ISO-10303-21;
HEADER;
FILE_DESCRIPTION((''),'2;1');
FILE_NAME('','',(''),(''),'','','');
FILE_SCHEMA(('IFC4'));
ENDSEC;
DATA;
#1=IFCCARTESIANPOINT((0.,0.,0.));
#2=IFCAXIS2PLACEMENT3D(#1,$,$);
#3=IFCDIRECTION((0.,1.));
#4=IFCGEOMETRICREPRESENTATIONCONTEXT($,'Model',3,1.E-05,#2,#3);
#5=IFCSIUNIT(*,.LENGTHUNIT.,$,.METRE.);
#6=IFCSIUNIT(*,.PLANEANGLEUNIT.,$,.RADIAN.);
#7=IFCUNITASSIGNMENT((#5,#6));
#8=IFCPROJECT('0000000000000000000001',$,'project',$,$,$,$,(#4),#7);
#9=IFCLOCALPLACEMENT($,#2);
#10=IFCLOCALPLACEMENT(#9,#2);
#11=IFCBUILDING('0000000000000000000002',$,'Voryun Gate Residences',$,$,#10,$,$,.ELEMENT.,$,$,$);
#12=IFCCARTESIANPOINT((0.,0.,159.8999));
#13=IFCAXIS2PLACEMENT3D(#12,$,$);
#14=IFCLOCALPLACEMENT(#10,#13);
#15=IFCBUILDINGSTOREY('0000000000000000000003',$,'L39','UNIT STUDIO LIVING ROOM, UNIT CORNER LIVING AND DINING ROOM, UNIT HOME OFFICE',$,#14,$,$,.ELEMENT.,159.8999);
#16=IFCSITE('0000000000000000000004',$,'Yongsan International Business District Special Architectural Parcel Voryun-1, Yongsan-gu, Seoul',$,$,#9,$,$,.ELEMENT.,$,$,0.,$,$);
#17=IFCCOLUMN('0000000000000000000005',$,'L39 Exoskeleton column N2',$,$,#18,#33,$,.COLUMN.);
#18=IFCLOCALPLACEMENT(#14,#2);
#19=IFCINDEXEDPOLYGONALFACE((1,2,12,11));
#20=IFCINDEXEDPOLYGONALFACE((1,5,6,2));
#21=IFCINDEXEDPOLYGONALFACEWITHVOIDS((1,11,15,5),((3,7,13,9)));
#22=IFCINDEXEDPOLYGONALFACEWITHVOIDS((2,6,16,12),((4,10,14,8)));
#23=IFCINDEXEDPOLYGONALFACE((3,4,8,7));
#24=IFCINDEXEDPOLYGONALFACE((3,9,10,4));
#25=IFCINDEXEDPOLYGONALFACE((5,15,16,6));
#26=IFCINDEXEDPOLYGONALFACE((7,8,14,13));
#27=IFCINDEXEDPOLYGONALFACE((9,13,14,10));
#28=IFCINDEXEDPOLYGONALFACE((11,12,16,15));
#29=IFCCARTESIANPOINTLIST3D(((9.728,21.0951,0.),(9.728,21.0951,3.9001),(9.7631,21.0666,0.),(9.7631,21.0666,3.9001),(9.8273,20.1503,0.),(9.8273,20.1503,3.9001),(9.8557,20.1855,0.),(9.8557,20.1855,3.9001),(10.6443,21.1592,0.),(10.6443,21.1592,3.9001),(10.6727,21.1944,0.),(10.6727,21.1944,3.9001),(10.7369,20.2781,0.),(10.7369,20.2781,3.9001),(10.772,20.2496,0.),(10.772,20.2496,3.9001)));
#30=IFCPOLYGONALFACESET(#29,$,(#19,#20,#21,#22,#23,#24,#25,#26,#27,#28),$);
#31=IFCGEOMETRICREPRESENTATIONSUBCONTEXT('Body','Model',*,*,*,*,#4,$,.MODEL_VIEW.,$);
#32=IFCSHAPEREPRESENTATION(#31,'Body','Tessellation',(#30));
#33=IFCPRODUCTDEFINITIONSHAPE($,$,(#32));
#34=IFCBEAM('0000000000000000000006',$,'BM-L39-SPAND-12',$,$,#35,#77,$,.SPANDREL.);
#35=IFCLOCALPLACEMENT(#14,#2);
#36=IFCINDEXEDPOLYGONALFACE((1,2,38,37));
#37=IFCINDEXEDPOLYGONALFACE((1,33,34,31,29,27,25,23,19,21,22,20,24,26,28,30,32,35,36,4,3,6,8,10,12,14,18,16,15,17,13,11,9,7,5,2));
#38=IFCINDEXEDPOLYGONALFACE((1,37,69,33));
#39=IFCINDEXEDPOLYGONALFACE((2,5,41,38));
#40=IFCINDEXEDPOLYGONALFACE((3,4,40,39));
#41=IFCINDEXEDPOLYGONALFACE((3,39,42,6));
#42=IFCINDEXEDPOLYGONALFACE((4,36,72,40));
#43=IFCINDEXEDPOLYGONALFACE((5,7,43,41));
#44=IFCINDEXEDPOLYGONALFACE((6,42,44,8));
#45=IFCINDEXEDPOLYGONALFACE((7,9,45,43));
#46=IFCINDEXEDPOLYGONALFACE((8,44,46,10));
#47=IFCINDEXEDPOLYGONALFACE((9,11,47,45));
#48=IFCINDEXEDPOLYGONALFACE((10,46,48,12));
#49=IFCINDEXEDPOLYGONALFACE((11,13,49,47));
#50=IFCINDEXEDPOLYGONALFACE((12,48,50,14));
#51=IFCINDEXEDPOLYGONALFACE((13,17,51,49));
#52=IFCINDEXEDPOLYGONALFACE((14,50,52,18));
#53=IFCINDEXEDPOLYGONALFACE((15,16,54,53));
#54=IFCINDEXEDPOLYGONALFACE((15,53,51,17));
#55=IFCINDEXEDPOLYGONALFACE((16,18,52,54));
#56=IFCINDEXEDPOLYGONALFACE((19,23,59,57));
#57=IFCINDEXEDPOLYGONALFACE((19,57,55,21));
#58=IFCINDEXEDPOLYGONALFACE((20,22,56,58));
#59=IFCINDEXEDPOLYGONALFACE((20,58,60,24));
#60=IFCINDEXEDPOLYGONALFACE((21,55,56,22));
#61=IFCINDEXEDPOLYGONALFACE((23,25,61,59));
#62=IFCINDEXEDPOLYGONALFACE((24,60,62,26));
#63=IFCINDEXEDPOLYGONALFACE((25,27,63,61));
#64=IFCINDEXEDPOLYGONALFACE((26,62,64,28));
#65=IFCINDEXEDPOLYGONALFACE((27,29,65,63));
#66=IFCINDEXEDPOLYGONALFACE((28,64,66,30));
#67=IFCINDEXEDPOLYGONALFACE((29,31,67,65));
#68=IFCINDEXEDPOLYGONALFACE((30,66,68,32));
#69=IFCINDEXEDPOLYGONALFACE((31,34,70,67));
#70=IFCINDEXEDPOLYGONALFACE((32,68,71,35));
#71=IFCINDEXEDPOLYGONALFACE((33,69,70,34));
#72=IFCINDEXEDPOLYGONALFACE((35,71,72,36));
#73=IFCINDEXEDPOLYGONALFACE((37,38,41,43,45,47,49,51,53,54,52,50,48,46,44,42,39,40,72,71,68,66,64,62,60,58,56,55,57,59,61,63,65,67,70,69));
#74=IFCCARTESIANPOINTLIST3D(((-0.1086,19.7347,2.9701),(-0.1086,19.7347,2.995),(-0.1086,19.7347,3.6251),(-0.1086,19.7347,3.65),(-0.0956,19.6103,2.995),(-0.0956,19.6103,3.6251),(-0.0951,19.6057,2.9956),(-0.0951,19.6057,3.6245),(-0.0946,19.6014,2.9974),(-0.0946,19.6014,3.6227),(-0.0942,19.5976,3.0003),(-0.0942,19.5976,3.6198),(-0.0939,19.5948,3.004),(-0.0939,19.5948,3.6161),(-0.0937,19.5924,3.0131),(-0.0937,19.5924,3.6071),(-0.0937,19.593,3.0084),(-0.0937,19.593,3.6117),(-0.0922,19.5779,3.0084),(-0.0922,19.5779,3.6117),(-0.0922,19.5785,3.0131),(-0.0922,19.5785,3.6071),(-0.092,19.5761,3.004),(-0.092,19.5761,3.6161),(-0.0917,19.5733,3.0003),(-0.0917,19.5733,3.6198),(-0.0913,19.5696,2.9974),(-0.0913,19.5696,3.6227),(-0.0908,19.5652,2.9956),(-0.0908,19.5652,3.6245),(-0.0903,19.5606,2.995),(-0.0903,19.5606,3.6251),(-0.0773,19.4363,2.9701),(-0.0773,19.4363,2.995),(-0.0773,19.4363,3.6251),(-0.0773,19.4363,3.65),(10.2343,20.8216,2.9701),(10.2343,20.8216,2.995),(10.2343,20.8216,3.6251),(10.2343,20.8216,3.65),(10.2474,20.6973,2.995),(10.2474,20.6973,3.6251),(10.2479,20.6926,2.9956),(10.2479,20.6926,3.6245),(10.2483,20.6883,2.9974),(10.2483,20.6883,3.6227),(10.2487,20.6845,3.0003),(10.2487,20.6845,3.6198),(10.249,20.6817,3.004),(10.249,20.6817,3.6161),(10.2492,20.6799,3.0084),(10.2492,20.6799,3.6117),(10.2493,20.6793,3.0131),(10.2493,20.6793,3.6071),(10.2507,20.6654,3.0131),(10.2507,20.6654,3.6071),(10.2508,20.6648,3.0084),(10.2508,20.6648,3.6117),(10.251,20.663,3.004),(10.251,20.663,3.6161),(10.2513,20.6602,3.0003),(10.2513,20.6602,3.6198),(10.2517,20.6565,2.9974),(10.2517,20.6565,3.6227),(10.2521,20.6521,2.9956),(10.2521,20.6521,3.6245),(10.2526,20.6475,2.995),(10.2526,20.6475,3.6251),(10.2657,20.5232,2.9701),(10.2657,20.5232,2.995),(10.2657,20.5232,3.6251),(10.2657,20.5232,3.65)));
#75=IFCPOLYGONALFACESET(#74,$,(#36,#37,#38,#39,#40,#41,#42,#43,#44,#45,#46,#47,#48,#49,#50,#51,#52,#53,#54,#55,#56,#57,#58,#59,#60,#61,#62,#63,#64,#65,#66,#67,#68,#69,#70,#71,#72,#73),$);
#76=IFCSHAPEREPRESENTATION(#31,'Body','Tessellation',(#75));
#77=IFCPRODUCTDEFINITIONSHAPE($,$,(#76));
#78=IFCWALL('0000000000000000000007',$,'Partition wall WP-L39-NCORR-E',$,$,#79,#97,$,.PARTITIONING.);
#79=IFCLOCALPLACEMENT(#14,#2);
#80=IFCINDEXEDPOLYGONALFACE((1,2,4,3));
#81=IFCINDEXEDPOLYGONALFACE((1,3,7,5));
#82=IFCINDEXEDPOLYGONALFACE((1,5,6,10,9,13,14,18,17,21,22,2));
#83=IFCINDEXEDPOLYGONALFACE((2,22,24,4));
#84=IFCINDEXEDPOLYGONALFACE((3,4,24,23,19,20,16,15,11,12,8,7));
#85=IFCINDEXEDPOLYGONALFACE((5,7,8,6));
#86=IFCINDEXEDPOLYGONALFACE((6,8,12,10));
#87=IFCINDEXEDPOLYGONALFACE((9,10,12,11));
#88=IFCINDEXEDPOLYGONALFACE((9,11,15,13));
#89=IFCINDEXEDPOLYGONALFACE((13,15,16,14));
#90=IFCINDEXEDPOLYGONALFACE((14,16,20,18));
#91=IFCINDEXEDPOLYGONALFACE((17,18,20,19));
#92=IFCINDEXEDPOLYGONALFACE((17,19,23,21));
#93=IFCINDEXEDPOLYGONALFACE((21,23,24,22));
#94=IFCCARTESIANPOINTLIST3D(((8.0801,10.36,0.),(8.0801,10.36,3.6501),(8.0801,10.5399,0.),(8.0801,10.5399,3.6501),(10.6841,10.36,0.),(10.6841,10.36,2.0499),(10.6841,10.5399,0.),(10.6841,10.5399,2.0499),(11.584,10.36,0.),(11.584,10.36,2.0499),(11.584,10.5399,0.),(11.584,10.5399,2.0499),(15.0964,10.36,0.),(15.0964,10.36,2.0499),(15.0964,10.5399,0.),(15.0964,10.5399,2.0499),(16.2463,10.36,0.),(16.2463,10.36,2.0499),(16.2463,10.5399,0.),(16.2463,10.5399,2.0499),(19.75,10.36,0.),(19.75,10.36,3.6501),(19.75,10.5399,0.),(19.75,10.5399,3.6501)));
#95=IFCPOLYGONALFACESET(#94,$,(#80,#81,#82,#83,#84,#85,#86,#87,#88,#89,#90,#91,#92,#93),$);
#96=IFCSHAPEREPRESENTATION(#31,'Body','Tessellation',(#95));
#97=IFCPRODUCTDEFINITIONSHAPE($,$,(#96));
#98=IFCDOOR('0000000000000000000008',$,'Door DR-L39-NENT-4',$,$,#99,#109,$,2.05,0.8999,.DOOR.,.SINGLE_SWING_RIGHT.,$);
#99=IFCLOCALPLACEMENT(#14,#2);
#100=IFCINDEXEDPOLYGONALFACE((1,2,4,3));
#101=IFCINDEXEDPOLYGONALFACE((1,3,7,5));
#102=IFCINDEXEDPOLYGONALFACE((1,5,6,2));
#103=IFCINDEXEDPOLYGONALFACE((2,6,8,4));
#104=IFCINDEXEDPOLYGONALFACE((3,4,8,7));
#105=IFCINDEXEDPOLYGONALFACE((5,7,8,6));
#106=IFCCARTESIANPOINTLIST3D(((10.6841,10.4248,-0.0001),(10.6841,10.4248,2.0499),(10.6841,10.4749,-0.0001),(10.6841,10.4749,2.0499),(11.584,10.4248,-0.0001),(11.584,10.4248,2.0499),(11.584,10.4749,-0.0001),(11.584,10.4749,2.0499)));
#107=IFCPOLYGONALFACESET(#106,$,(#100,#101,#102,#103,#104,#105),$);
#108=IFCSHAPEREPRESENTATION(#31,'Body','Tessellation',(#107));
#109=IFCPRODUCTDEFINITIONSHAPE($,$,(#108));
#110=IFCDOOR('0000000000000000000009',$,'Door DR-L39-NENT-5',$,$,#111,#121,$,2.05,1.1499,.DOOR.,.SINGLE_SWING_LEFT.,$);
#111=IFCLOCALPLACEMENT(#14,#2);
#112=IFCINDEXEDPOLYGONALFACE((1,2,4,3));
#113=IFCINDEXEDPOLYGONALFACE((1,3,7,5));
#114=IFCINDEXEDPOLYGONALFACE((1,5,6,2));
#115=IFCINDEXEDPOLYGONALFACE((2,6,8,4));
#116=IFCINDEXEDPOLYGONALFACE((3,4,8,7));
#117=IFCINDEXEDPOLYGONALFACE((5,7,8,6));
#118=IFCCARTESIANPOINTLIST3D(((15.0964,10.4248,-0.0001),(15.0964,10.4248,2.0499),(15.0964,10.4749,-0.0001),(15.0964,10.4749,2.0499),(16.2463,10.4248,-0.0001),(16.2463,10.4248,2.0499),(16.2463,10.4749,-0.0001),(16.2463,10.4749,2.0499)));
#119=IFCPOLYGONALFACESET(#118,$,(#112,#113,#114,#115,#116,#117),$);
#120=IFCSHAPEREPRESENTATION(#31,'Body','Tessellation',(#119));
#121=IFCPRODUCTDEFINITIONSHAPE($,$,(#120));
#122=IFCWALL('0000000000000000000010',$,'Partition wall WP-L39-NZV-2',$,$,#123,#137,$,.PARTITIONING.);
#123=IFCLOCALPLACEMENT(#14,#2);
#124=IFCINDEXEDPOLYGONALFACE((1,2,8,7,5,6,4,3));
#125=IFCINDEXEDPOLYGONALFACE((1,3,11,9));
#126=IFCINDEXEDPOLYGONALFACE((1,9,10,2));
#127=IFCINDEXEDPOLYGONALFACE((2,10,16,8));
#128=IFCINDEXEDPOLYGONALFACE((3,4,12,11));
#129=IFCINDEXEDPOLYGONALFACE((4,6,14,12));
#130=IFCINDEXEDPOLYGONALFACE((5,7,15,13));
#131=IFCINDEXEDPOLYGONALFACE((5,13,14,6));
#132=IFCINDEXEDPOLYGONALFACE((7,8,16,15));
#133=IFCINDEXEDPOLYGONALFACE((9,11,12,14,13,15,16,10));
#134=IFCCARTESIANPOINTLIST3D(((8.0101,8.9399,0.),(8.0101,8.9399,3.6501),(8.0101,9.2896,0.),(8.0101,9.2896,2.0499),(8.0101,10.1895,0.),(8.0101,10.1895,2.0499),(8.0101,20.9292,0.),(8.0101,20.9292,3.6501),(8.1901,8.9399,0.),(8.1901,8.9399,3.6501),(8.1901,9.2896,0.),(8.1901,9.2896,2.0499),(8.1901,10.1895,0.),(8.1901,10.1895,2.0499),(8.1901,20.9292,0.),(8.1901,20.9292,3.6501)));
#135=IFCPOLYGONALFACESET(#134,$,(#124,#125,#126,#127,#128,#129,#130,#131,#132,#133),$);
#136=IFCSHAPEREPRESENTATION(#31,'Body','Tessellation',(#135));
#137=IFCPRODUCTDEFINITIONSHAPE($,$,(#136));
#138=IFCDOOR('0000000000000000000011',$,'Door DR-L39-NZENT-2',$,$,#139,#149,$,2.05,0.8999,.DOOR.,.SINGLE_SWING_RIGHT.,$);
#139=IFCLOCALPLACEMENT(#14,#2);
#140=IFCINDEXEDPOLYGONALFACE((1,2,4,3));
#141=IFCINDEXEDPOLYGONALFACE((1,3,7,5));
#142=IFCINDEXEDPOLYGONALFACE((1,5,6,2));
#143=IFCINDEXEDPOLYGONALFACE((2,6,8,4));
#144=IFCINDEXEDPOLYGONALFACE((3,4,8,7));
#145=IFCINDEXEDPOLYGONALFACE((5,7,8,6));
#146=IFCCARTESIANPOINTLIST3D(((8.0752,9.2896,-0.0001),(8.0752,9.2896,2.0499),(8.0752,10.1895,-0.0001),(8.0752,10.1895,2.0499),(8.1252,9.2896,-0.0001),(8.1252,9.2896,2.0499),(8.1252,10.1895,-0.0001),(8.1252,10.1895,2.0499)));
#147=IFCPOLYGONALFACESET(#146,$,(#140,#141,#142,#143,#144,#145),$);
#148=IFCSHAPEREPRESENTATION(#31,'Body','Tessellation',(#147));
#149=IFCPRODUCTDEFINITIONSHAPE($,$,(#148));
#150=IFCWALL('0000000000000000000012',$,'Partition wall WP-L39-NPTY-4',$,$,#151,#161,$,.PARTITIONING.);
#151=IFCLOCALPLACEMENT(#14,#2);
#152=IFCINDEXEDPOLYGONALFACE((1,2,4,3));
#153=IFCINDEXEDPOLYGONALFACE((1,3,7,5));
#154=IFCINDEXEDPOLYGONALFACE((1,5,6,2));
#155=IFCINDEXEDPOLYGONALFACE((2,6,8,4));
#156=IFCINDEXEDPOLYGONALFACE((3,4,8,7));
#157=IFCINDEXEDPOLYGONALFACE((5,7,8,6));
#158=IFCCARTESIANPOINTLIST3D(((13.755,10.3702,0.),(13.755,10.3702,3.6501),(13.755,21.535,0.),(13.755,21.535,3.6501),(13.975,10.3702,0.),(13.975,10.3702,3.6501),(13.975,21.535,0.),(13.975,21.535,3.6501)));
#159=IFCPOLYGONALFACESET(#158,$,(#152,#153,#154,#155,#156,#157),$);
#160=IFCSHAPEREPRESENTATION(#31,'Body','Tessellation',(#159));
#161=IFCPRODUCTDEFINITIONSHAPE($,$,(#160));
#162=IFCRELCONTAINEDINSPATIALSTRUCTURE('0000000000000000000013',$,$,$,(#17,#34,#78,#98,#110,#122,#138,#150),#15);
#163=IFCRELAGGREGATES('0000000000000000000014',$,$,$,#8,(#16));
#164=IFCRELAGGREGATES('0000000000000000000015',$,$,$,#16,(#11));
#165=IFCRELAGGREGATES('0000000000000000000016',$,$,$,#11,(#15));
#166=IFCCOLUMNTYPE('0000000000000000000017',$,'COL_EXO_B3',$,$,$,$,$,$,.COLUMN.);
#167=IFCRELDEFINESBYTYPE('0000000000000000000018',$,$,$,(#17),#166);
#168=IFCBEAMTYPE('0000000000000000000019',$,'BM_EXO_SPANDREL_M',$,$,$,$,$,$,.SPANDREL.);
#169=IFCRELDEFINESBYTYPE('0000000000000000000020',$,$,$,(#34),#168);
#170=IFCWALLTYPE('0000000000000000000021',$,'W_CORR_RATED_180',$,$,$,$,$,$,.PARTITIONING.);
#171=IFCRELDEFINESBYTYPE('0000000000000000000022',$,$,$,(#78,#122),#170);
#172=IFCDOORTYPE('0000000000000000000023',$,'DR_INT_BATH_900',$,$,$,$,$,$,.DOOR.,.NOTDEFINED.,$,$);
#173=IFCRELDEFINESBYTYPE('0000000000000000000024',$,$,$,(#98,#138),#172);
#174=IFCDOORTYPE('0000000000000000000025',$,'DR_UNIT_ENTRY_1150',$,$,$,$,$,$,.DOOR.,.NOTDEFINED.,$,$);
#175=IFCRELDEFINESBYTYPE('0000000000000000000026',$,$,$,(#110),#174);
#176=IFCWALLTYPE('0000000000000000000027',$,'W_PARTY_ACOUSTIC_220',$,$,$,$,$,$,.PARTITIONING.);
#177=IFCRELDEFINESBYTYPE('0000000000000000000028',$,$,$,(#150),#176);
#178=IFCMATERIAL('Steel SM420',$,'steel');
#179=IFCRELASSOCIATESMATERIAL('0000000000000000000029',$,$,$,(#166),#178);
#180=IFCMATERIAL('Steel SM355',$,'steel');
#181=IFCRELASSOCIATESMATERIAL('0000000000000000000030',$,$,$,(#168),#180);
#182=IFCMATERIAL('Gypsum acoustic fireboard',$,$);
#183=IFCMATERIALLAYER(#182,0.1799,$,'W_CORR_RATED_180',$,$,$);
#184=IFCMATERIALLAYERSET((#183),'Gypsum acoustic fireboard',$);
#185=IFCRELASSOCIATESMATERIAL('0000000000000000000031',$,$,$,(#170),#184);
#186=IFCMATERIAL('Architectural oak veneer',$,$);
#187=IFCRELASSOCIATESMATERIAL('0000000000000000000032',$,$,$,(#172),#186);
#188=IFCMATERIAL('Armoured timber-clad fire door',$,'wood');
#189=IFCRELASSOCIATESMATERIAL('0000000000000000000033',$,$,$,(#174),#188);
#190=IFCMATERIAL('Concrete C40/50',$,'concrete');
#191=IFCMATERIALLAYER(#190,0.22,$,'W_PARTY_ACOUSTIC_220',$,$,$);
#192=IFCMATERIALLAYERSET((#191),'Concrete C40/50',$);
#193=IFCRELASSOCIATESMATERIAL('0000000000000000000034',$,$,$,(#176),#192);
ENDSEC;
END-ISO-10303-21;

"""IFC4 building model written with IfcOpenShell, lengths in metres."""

from ifc_helpers import new_model, si_unit, direction, frame, frame_2d, origin, origin_2d, place, context, subcontext, project, spatial, rectangle, hollow_rectangle, i_section, extrude, material, layer, layer_set, material_profile, profile_set, type_object, element, fill, save


model = new_model("IFC4")

# Units and contexts
model_context = context("Model", 3, precision=1e-05, world=origin(), true_north=direction((0.0, 1.0)))
body_context = subcontext(model_context, "Body", "Model", "MODEL_VIEW")
ifc_project = project(units=[si_unit("LENGTHUNIT", "METRE"), si_unit("PLANEANGLEUNIT", "RADIAN")], contexts=[model_context])

# Site, building, storey
site_placement = place(None, origin())
site = spatial("IfcSite", under=ifc_project, at=site_placement, Name="Yongsan International Business District Special Architectural Parcel Voryun-1, Yongsan-gu, Seoul", CompositionType="ELEMENT", RefElevation=0.0)
building_placement = place(site_placement, origin())
building = spatial("IfcBuilding", under=site, at=building_placement, Name="Voryun Gate Residences", CompositionType="ELEMENT")
storey_placement = place(building_placement, frame((0.0, 0.0, 159.8999)))
storey = spatial("IfcBuildingStorey", under=building, at=storey_placement, Name="L39", Description="UNIT STUDIO LIVING ROOM, UNIT CORNER LIVING AND DINING ROOM, UNIT HOME OFFICE", CompositionType="ELEMENT", Elevation=159.8999)

# Column
ifc_material_1 = material(Name="Steel SM420", Category="steel")
ifc_material_profile_1 = material_profile(ifc_material_1, hollow_rectangle(XDim=0.95, YDim=0.95, WallThickness=0.032, at=origin_2d()), Name="BOX-950x950x32")
ifc_profile_set_1 = profile_set([ifc_material_profile_1], Name="Steel SM420")
column_type = type_object("IfcColumnType", Name="COL_EXO_B3", PredefinedType="COLUMN", material=ifc_profile_set_1)
column_placement = place(storey_placement, frame((10.25, 20.6724, 0.0), z_axis=(0.0, 0.0, 1.0), x_axis=(0.994522, 0.104528, 0.0)))
element("IfcColumn", 1, at=column_placement, inside=storey, type_object=column_type, Name="L39 Exoskeleton column N2", PredefinedType="COLUMN", context=body_context, shape_type="SweptSolid", body=[
    extrude(hollow_rectangle(XDim=0.95, YDim=0.95, WallThickness=0.032, at=origin_2d()), origin(), (0.0, 0.0, 1.0), 3.9001),
])

# Beam
ifc_material_2 = material(Name="Steel SM355", Category="steel")
ifc_material_profile_2 = material_profile(ifc_material_2, i_section(OverallWidth=0.3, OverallDepth=0.6799, WebThickness=0.0139, FlangeThickness=0.0249, FilletRadius=0.0181, at=origin_2d()), Name="H-680x300x14x25")
ifc_profile_set_2 = profile_set([ifc_material_profile_2], Name="Steel SM355")
beam_type = type_object("IfcBeamType", Name="BM_EXO_SPANDREL_M", PredefinedType="SPANDREL", material=ifc_profile_set_2)
beam_placement = place(storey_placement, frame((10.25, 20.6724, 3.3101), z_axis=(-0.994524, -0.104511, 0.0), x_axis=(0.104511, -0.994524, 0.0)))
element("IfcBeam", 2, at=beam_placement, inside=storey, type_object=beam_type, Name="BM-L39-SPAND-12", PredefinedType="SPANDREL", context=body_context, shape_type="SweptSolid", body=[
    extrude(i_section(OverallWidth=0.3, OverallDepth=0.6799, WebThickness=0.0139, FlangeThickness=0.0249, FilletRadius=0.0181, at=origin_2d()), origin(), (0.0, 0.0, 1.0), 10.3999),
])

# Wall, openings, doors
ifc_material_3 = material(Name="Gypsum acoustic fireboard")
ifc_layer_1 = layer(ifc_material_3, 0.1799, Name="W_CORR_RATED_180")
ifc_layer_set_1 = layer_set([ifc_layer_1], Name="Gypsum acoustic fireboard")
wall_type_1 = type_object("IfcWallType", Name="W_CORR_RATED_180", PredefinedType="PARTITIONING", material=ifc_layer_set_1)
wall_1_placement = place(storey_placement, frame((8.0801, 10.45, 0.0), z_axis=(0.0, 0.0, 1.0), x_axis=(1.0, 0.0, 0.0)))
wall_1 = element("IfcWall", 3, at=wall_1_placement, inside=storey, type_object=wall_type_1, Name="Partition wall WP-L39-NCORR-E", PredefinedType="PARTITIONING", context=body_context, shape_type="SweptSolid", body=[
    extrude(rectangle(XDim=11.6699, YDim=0.1799, at=frame_2d((5.835, 0.0))), origin(), (0.0, 0.0, 1.0), 3.6501),
])
opening_1_placement = place(wall_1_placement, frame((2.604, 0.0, 0.0)))
opening_1 = element("IfcOpeningElement", 4, at=opening_1_placement, cuts=wall_1, PredefinedType="OPENING", context=body_context, shape_type="SweptSolid", body=[
    extrude(rectangle(XDim=0.8999, YDim=2.05, at=frame_2d((0.45, 1.0249))), frame((0.0, 0.0999, 0.0), z_axis=(0.0, -1.0, 0.0), x_axis=(1.0, 0.0, 0.0)), (0.0, 0.0, 1.0), 0.2),
])
opening_2_placement = place(wall_1_placement, frame((7.0164, 0.0, 0.0)))
opening_2 = element("IfcOpeningElement", 5, at=opening_2_placement, cuts=wall_1, PredefinedType="OPENING", context=body_context, shape_type="SweptSolid", body=[
    extrude(rectangle(XDim=1.1499, YDim=2.05, at=frame_2d((0.575, 1.0249))), frame((0.0, 0.0999, 0.0), z_axis=(0.0, -1.0, 0.0), x_axis=(1.0, 0.0, 0.0)), (0.0, 0.0, 1.0), 0.2),
])
ifc_material_4 = material(Name="Architectural oak veneer")
door_type_1 = type_object("IfcDoorType", Name="DR_INT_BATH_900", OperationType="NOTDEFINED", PredefinedType="DOOR", material=ifc_material_4)
door_1_placement = place(opening_1_placement, origin())
door_1 = element("IfcDoor", 6, at=door_1_placement, inside=storey, type_object=door_type_1, Name="Door DR-L39-NENT-4", OperationType="SINGLE_SWING_RIGHT", OverallHeight=2.05, OverallWidth=0.8999, PredefinedType="DOOR", context=body_context, shape_type="SweptSolid", body=[
    extrude(rectangle(XDim=0.8999, YDim=2.05, at=frame_2d((0.45, 1.0249))), frame((0.0, 0.0249, 0.0), z_axis=(0.0, -1.0, 0.0), x_axis=(1.0, 0.0, 0.0)), (0.0, 0.0, 1.0), 0.05),
])
fill(opening_1, door_1)
ifc_material_5 = material(Name="Armoured timber-clad fire door", Category="wood")
door_type_2 = type_object("IfcDoorType", Name="DR_UNIT_ENTRY_1150", OperationType="NOTDEFINED", PredefinedType="DOOR", material=ifc_material_5)
door_2_placement = place(opening_2_placement, origin())
door_2 = element("IfcDoor", 7, at=door_2_placement, inside=storey, type_object=door_type_2, Name="Door DR-L39-NENT-5", OperationType="SINGLE_SWING_LEFT", OverallHeight=2.05, OverallWidth=1.1499, PredefinedType="DOOR", context=body_context, shape_type="SweptSolid", body=[
    extrude(rectangle(XDim=1.1499, YDim=2.05, at=frame_2d((0.575, 1.0249))), frame((0.0, 0.0249, 0.0), z_axis=(0.0, -1.0, 0.0), x_axis=(1.0, 0.0, 0.0)), (0.0, 0.0, 1.0), 0.05),
])
fill(opening_2, door_2)

# Wall, opening, door
wall_2_placement = place(storey_placement, frame((8.1001, 8.9399, 0.0), z_axis=(0.0, 0.0, 1.0), x_axis=(0.0, 1.0, 0.0)))
wall_2 = element("IfcWall", 8, at=wall_2_placement, inside=storey, type_object=wall_type_1, Name="Partition wall WP-L39-NZV-2", PredefinedType="PARTITIONING", context=body_context, shape_type="SweptSolid", body=[
    extrude(rectangle(XDim=11.9893, YDim=0.1799, at=frame_2d((5.9946, 0.0))), origin(), (0.0, 0.0, 1.0), 3.6501),
])
opening_3_placement = place(wall_2_placement, frame((0.3496, 0.0, 0.0)))
opening_3 = element("IfcOpeningElement", 9, at=opening_3_placement, cuts=wall_2, PredefinedType="OPENING", context=body_context, shape_type="SweptSolid", body=[
    extrude(rectangle(XDim=0.8999, YDim=2.05, at=frame_2d((0.45, 1.0249))), frame((0.0, 0.0999, 0.0), z_axis=(0.0, -1.0, 0.0), x_axis=(1.0, 0.0, 0.0)), (0.0, 0.0, 1.0), 0.2),
])
door_3_placement = place(opening_3_placement, origin())
door_3 = element("IfcDoor", 10, at=door_3_placement, inside=storey, type_object=door_type_1, Name="Door DR-L39-NZENT-2", OperationType="SINGLE_SWING_RIGHT", OverallHeight=2.05, OverallWidth=0.8999, PredefinedType="DOOR", context=body_context, shape_type="SweptSolid", body=[
    extrude(rectangle(XDim=0.8999, YDim=2.05, at=frame_2d((0.45, 1.0249))), frame((0.0, 0.0249, 0.0), z_axis=(0.0, -1.0, 0.0), x_axis=(1.0, 0.0, 0.0)), (0.0, 0.0, 1.0), 0.05),
])
fill(opening_3, door_3)

# Wall
ifc_material_6 = material(Name="Concrete C40/50", Category="concrete")
ifc_layer_2 = layer(ifc_material_6, 0.22, Name="W_PARTY_ACOUSTIC_220")
ifc_layer_set_2 = layer_set([ifc_layer_2], Name="Concrete C40/50")
wall_type_2 = type_object("IfcWallType", Name="W_PARTY_ACOUSTIC_220", PredefinedType="PARTITIONING", material=ifc_layer_set_2)
wall_3_placement = place(storey_placement, frame((13.865, 10.3701, 0.0), z_axis=(0.0, 0.0, 1.0), x_axis=(0.0, 1.0, 0.0)))
element("IfcWall", 11, at=wall_3_placement, inside=storey, type_object=wall_type_2, Name="Partition wall WP-L39-NPTY-4", PredefinedType="PARTITIONING", context=body_context, shape_type="SweptSolid", body=[
    extrude(rectangle(XDim=11.1648, YDim=0.22, at=frame_2d((5.5825, 0.0))), origin(), (0.0, 0.0, 1.0), 3.6501),
])

save(model, "model.ifc")
